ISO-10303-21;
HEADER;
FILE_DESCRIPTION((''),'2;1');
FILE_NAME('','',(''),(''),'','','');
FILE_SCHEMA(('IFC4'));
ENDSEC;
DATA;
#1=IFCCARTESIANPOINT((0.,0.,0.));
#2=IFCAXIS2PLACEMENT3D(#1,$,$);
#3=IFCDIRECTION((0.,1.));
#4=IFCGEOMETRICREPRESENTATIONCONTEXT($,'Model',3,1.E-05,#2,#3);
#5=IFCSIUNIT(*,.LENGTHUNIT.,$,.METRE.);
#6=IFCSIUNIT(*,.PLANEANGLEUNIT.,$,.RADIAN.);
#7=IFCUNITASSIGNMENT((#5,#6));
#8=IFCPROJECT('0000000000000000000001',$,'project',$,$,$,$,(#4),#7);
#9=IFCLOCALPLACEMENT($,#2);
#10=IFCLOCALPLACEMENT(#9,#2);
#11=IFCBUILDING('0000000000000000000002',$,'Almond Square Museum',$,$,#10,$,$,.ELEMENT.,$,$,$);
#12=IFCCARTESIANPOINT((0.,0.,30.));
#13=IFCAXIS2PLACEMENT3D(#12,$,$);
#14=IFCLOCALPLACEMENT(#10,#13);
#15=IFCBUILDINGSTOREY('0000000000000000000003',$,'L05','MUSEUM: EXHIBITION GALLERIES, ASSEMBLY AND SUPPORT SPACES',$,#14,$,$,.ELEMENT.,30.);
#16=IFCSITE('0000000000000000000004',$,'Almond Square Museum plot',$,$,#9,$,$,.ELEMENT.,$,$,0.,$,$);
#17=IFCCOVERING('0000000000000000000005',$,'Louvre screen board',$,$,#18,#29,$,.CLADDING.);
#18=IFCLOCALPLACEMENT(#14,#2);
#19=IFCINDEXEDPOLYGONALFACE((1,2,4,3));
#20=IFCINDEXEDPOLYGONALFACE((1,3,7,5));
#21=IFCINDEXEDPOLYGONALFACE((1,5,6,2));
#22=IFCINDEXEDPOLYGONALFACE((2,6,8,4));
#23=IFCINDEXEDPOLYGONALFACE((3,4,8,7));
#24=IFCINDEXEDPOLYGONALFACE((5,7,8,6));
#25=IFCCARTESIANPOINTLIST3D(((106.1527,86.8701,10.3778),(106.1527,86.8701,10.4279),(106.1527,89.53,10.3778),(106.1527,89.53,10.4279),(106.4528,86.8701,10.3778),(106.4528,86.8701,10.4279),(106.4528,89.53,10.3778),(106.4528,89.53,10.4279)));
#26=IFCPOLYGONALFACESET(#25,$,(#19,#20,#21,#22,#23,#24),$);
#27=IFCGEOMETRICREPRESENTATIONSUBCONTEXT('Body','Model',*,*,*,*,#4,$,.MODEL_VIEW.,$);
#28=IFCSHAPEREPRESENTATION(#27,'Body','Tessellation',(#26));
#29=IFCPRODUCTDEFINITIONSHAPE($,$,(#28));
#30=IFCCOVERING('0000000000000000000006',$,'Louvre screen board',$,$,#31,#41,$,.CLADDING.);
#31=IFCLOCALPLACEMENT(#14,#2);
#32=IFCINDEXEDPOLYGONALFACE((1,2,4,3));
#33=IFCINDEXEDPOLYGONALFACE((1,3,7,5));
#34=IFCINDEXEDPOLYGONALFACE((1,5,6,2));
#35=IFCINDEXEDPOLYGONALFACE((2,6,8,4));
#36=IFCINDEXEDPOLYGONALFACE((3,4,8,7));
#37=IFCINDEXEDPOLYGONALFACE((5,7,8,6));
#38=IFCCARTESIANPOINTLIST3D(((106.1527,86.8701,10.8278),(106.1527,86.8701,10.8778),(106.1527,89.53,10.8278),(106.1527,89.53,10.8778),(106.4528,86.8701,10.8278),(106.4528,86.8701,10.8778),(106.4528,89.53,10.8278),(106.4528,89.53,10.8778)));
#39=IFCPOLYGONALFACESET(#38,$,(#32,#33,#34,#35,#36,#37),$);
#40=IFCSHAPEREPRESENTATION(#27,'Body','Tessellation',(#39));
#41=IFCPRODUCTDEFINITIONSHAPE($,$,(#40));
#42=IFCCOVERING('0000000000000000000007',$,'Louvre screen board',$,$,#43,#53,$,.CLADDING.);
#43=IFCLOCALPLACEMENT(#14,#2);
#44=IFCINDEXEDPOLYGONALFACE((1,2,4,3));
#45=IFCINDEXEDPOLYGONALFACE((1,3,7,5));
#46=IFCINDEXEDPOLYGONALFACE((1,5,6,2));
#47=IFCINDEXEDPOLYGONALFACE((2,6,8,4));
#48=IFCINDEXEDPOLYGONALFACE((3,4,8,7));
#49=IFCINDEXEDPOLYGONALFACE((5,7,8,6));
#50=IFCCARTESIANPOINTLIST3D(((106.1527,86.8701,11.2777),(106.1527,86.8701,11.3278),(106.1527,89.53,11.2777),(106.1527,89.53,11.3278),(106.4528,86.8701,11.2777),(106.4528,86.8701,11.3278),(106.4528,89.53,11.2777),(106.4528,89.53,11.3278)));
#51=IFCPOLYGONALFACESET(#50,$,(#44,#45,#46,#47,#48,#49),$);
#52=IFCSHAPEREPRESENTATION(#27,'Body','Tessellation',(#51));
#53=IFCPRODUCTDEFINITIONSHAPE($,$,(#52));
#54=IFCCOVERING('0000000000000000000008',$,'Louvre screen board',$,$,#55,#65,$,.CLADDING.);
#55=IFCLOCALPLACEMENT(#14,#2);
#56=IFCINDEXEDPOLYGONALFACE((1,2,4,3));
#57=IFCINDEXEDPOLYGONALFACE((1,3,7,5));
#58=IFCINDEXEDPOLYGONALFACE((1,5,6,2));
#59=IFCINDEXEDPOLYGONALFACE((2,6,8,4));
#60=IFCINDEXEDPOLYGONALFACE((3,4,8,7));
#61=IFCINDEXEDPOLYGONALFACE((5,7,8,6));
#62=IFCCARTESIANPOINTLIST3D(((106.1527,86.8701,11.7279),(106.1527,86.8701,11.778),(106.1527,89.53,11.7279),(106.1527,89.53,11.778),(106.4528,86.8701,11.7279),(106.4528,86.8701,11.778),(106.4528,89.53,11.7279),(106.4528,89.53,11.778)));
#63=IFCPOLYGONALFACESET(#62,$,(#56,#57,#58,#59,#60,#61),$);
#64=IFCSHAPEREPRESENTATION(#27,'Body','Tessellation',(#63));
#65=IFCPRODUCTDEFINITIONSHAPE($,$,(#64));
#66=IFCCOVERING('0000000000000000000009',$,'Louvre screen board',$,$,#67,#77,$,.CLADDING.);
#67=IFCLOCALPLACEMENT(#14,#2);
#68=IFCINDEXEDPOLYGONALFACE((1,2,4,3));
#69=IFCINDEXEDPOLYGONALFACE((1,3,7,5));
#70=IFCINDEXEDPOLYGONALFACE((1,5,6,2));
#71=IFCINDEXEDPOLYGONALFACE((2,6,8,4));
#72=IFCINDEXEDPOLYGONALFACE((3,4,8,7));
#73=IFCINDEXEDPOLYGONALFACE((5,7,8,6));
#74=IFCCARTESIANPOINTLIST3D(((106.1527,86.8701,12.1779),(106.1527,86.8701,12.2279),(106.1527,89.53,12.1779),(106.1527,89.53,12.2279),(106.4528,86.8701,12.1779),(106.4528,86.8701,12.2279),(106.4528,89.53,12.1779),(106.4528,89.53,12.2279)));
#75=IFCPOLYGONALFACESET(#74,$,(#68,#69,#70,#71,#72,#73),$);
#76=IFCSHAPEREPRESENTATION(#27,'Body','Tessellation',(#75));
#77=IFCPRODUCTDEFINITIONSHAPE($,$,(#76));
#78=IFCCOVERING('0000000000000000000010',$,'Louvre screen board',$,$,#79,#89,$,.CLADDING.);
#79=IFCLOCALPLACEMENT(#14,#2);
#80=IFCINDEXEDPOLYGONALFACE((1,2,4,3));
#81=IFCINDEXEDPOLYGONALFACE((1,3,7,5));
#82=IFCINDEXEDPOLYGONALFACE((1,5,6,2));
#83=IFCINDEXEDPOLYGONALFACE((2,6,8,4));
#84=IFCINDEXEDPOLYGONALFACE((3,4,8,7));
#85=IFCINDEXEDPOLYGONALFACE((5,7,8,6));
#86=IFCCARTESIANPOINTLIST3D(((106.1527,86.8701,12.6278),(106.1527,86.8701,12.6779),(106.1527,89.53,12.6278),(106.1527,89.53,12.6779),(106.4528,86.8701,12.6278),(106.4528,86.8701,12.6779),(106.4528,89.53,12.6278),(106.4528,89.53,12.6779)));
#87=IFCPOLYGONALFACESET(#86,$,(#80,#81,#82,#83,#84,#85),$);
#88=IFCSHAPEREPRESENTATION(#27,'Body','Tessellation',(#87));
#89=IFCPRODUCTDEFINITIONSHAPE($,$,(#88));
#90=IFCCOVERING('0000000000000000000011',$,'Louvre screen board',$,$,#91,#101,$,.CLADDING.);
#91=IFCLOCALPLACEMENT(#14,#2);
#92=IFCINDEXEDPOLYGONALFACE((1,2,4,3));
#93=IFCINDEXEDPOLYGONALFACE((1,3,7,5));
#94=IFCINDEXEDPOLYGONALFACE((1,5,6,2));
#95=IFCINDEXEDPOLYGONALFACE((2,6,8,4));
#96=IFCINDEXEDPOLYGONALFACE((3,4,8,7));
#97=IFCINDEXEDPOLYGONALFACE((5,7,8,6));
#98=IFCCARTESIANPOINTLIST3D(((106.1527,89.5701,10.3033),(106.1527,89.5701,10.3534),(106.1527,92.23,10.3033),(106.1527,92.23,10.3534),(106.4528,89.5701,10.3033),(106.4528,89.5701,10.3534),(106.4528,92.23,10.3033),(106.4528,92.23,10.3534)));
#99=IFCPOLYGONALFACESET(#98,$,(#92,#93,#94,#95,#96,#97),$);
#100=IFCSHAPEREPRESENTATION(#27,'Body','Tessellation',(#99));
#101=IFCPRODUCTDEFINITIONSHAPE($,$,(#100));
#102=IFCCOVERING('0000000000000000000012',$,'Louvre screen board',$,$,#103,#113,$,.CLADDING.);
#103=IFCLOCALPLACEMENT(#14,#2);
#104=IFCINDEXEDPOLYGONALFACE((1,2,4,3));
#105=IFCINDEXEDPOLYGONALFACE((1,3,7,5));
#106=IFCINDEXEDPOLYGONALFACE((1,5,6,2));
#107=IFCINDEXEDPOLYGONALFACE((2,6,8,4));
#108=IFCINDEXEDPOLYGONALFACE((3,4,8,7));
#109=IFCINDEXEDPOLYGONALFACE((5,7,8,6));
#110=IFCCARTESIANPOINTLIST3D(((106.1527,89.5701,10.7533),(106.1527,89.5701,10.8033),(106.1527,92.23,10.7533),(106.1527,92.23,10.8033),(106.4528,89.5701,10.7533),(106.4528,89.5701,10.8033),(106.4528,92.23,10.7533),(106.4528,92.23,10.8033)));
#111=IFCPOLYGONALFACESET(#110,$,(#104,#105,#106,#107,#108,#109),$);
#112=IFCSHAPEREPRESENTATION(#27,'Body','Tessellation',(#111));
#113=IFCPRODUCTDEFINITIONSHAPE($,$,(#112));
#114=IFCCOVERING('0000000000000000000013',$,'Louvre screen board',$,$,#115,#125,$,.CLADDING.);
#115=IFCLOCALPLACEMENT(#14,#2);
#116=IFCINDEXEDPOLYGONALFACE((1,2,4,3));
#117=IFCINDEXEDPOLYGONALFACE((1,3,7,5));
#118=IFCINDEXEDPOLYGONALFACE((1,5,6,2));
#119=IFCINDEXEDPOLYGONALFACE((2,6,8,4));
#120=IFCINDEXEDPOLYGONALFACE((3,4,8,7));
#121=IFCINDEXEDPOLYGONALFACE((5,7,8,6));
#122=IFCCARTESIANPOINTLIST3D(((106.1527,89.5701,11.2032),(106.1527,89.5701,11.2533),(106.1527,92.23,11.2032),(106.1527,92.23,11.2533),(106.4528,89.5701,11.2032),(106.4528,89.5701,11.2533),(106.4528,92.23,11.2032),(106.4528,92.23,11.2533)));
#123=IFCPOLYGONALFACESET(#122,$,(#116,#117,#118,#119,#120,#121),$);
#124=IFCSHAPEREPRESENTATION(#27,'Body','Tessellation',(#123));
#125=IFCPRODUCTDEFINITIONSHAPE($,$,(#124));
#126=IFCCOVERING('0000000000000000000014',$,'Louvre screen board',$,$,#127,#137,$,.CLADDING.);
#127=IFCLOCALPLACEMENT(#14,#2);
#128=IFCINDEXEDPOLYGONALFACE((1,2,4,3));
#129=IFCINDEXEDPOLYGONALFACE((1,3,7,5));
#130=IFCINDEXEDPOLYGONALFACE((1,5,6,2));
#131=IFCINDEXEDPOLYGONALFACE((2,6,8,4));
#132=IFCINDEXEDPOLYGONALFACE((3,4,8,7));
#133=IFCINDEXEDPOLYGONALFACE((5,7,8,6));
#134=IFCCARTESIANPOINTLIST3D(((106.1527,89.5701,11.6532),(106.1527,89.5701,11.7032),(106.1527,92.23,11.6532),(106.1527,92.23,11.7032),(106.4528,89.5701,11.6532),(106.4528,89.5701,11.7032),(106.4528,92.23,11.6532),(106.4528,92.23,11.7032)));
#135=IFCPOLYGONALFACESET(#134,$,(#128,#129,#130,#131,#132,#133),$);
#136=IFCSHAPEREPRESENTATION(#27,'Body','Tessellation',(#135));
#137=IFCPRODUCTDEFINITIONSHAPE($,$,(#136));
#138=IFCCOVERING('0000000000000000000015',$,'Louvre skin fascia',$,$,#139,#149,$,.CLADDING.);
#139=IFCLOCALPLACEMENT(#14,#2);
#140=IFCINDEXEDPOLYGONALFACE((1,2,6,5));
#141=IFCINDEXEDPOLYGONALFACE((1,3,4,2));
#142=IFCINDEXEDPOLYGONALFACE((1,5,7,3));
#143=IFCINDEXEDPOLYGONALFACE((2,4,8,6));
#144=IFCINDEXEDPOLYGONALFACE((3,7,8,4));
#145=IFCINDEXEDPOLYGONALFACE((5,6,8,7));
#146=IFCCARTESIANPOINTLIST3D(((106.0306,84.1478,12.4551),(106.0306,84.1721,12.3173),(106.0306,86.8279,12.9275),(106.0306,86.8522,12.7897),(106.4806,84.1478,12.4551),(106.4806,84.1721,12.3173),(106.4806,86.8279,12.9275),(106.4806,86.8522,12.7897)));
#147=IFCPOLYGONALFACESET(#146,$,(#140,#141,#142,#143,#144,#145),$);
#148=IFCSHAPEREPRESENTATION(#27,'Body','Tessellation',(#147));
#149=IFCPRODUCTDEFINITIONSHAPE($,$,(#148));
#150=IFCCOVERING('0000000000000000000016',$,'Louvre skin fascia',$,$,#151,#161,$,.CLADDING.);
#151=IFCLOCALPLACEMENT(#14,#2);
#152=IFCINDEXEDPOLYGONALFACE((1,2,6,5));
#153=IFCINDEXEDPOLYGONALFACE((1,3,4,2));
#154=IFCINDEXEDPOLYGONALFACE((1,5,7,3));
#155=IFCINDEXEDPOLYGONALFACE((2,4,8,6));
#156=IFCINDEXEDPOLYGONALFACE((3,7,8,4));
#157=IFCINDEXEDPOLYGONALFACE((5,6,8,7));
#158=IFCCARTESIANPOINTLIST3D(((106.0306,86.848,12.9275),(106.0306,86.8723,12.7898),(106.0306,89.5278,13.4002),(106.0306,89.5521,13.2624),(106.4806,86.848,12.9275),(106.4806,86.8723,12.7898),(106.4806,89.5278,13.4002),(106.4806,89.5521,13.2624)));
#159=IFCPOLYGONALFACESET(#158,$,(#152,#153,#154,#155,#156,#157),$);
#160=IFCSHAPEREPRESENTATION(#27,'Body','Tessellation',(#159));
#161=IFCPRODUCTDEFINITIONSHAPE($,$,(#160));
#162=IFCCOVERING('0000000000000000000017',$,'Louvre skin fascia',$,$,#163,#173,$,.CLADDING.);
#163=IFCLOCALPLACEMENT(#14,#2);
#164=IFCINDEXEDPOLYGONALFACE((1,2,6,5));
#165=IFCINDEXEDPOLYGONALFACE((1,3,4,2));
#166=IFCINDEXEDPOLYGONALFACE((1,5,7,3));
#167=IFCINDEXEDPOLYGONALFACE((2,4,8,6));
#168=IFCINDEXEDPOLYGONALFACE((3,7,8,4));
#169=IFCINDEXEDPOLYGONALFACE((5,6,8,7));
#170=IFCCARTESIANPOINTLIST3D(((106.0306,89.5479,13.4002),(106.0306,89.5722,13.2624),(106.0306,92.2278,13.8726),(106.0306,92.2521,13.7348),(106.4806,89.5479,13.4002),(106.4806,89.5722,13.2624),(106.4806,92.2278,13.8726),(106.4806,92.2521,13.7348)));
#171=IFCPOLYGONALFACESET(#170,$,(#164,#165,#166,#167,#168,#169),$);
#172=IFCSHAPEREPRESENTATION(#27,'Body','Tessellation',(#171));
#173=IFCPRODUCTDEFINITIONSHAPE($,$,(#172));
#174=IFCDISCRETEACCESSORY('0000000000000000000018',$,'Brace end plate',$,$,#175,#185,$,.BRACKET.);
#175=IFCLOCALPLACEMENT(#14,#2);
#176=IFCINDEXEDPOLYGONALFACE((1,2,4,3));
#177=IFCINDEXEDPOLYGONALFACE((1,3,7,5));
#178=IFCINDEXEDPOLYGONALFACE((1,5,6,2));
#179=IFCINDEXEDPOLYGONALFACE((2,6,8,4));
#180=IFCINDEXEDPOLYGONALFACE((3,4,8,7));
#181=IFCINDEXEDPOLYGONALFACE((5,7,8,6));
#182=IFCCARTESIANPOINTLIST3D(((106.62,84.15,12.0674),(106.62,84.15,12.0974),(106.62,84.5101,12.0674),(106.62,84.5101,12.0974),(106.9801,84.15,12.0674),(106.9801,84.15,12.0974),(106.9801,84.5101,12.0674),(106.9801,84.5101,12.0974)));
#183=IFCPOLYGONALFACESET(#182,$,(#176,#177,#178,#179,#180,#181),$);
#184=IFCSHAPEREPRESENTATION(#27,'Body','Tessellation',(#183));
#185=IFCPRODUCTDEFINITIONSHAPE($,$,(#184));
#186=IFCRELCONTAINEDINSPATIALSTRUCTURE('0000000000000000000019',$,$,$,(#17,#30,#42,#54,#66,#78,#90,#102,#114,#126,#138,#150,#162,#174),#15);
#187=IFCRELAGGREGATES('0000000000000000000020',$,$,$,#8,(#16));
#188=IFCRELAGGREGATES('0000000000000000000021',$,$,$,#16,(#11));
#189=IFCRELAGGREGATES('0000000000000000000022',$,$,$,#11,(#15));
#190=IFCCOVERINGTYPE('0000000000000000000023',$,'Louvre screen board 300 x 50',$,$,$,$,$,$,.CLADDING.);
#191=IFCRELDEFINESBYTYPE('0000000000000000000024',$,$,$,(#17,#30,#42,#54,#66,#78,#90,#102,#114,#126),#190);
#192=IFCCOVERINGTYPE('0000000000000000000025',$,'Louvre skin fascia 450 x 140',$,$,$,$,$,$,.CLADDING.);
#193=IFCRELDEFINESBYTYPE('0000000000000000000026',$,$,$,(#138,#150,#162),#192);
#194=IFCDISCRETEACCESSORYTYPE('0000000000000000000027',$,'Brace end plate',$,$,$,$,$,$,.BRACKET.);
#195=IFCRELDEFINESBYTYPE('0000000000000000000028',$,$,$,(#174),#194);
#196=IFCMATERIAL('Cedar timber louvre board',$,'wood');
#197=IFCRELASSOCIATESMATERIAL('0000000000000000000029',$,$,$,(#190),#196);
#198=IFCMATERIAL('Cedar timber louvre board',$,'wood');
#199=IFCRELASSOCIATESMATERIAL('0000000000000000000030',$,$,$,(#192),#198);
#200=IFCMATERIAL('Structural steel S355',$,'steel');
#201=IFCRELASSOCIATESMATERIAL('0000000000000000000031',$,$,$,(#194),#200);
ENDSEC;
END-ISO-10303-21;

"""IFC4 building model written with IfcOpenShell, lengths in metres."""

from ifc_helpers import new_model, si_unit, direction, frame, origin, origin_2d, place, context, subcontext, project, spatial, rectangle, extrude, material, material_profile, profile_set, type_object, element, save


model = new_model("IFC4")

# Units and contexts
model_context = context("Model", 3, precision=1e-05, world=origin(), true_north=direction((0.0, 1.0)))
body_context = subcontext(model_context, "Body", "Model", "MODEL_VIEW")
ifc_project = project(units=[si_unit("LENGTHUNIT", "METRE"), si_unit("PLANEANGLEUNIT", "RADIAN")], contexts=[model_context])

# Site, building, storey
site_placement = place(None, origin())
site = spatial("IfcSite", under=ifc_project, at=site_placement, Name="Almond Square Museum plot", CompositionType="ELEMENT", RefElevation=0.0)
building_placement = place(site_placement, origin())
building = spatial("IfcBuilding", under=site, at=building_placement, Name="Almond Square Museum", CompositionType="ELEMENT")
storey_placement = place(building_placement, frame((0.0, 0.0, 30.0)))
storey = spatial("IfcBuildingStorey", under=building, at=storey_placement, Name="L05", Description="MUSEUM: EXHIBITION GALLERIES, ASSEMBLY AND SUPPORT SPACES", CompositionType="ELEMENT", Elevation=30.0)

# Coverings
ifc_material_1 = material(Name="Cedar timber louvre board", Category="wood")
ifc_material_profile_1 = material_profile(ifc_material_1, rectangle(XDim=0.3, YDim=0.05, at=origin_2d()))
ifc_profile_set_1 = profile_set([ifc_material_profile_1], Name="Cedar timber louvre board")
covering_type_1 = type_object("IfcCoveringType", Name="Louvre screen board 300 x 50", PredefinedType="CLADDING", material=ifc_profile_set_1)
for number, where, z_axis, x_axis, name in (
    (1, (106.3027, 86.8701, 10.4028), (0.0, 1.0, 0.0), (-1.0, 0.0, 0.0), "Louvre screen board"),
    (2, (106.3027, 86.8701, 10.8528), (0.0, 1.0, 0.0), (-1.0, 0.0, 0.0), "Louvre screen board"),
    (3, (106.3027, 86.8701, 11.3027), (0.0, 1.0, 0.0), (-1.0, 0.0, 0.0), "Louvre screen board"),
    (4, (106.3027, 86.8701, 11.7529), (0.0, 1.0, 0.0), (-1.0, 0.0, 0.0), "Louvre screen board"),
    (5, (106.3027, 86.8701, 12.2029), (0.0, 1.0, 0.0), (-1.0, 0.0, 0.0), "Louvre screen board"),
    (6, (106.3027, 86.8701, 12.6528), (0.0, 1.0, 0.0), (-1.0, 0.0, 0.0), "Louvre screen board"),
    (7, (106.3027, 89.5701, 10.3284), (0.0, 1.0, 0.0), (-1.0, 0.0, 0.0), "Louvre screen board"),
    (8, (106.3027, 89.5701, 10.7783), (0.0, 1.0, 0.0), (-1.0, 0.0, 0.0), "Louvre screen board"),
    (9, (106.3027, 89.5701, 11.2283), (0.0, 1.0, 0.0), (-1.0, 0.0, 0.0), "Louvre screen board"),
    (10, (106.3027, 89.5701, 11.6782), (0.0, 1.0, 0.0), (-1.0, 0.0, 0.0), "Louvre screen board"),
):
    element("IfcCovering", number, at=place(storey_placement, frame(where, z_axis=z_axis, x_axis=x_axis)), inside=storey, type_object=covering_type_1, Name=name, PredefinedType="CLADDING", context=body_context, shape_type="SweptSolid", body=[
        extrude(rectangle(XDim=0.3, YDim=0.05, at=origin_2d()), origin(), (0.0, 0.0, 1.0), 2.6599),
    ])
ifc_material_2 = material(Name="Cedar timber louvre board", Category="wood")
ifc_material_profile_2 = material_profile(ifc_material_2, rectangle(XDim=0.45, YDim=0.1399, at=origin_2d()))
ifc_profile_set_2 = profile_set([ifc_material_profile_2], Name="Cedar timber louvre board")
covering_type_2 = type_object("IfcCoveringType", Name="Louvre skin fascia 450 x 140", PredefinedType="CLADDING", material=ifc_profile_set_2)
covering_placement = place(storey_placement, frame((106.2556, 84.1599, 12.3862), z_axis=(0.0, 0.984819, 0.173586), x_axis=(-1.0, 0.0, 0.0)))
element("IfcCovering", 11, at=covering_placement, inside=storey, type_object=covering_type_2, Name="Louvre skin fascia", PredefinedType="CLADDING", context=body_context, shape_type="SweptSolid", body=[
    extrude(rectangle(XDim=0.45, YDim=0.1399, at=origin_2d()), origin(), (0.0, 0.0, 1.0), 2.7214),
])
for number, where, z_axis, x_axis, name in (
    (12, (106.2556, 86.8601, 12.8586), (0.0, 0.984801, 0.173688), (-1.0, 0.0, 0.0), "Louvre skin fascia"),
    (13, (106.2556, 89.5601, 13.3313), (0.0, 0.984816, 0.173601), (-1.0, 0.0, 0.0), "Louvre skin fascia"),
):
    element("IfcCovering", number, at=place(storey_placement, frame(where, z_axis=z_axis, x_axis=x_axis)), inside=storey, type_object=covering_type_2, Name=name, PredefinedType="CLADDING", context=body_context, shape_type="SweptSolid", body=[
        extrude(rectangle(XDim=0.45, YDim=0.1399, at=origin_2d()), origin(), (0.0, 0.0, 1.0), 2.7212),
    ])

# Discrete accessory
ifc_material_3 = material(Name="Structural steel S355", Category="steel")
discrete_accessory_type = type_object("IfcDiscreteAccessoryType", Name="Brace end plate", PredefinedType="BRACKET", material=ifc_material_3)
discrete_accessory_placement = place(storey_placement, frame((106.8, 84.3301, 12.0674), z_axis=(0.0, 0.0, 1.0), x_axis=(1.0, 0.0, 0.0)))
element("IfcDiscreteAccessory", 14, at=discrete_accessory_placement, inside=storey, type_object=discrete_accessory_type, Name="Brace end plate", PredefinedType="BRACKET", context=body_context, shape_type="SweptSolid", body=[
    extrude(rectangle(XDim=0.3601, YDim=0.3601, at=origin_2d()), origin(), (0.0, 0.0, 1.0), 0.03),
])

save(model, "model.ifc")
